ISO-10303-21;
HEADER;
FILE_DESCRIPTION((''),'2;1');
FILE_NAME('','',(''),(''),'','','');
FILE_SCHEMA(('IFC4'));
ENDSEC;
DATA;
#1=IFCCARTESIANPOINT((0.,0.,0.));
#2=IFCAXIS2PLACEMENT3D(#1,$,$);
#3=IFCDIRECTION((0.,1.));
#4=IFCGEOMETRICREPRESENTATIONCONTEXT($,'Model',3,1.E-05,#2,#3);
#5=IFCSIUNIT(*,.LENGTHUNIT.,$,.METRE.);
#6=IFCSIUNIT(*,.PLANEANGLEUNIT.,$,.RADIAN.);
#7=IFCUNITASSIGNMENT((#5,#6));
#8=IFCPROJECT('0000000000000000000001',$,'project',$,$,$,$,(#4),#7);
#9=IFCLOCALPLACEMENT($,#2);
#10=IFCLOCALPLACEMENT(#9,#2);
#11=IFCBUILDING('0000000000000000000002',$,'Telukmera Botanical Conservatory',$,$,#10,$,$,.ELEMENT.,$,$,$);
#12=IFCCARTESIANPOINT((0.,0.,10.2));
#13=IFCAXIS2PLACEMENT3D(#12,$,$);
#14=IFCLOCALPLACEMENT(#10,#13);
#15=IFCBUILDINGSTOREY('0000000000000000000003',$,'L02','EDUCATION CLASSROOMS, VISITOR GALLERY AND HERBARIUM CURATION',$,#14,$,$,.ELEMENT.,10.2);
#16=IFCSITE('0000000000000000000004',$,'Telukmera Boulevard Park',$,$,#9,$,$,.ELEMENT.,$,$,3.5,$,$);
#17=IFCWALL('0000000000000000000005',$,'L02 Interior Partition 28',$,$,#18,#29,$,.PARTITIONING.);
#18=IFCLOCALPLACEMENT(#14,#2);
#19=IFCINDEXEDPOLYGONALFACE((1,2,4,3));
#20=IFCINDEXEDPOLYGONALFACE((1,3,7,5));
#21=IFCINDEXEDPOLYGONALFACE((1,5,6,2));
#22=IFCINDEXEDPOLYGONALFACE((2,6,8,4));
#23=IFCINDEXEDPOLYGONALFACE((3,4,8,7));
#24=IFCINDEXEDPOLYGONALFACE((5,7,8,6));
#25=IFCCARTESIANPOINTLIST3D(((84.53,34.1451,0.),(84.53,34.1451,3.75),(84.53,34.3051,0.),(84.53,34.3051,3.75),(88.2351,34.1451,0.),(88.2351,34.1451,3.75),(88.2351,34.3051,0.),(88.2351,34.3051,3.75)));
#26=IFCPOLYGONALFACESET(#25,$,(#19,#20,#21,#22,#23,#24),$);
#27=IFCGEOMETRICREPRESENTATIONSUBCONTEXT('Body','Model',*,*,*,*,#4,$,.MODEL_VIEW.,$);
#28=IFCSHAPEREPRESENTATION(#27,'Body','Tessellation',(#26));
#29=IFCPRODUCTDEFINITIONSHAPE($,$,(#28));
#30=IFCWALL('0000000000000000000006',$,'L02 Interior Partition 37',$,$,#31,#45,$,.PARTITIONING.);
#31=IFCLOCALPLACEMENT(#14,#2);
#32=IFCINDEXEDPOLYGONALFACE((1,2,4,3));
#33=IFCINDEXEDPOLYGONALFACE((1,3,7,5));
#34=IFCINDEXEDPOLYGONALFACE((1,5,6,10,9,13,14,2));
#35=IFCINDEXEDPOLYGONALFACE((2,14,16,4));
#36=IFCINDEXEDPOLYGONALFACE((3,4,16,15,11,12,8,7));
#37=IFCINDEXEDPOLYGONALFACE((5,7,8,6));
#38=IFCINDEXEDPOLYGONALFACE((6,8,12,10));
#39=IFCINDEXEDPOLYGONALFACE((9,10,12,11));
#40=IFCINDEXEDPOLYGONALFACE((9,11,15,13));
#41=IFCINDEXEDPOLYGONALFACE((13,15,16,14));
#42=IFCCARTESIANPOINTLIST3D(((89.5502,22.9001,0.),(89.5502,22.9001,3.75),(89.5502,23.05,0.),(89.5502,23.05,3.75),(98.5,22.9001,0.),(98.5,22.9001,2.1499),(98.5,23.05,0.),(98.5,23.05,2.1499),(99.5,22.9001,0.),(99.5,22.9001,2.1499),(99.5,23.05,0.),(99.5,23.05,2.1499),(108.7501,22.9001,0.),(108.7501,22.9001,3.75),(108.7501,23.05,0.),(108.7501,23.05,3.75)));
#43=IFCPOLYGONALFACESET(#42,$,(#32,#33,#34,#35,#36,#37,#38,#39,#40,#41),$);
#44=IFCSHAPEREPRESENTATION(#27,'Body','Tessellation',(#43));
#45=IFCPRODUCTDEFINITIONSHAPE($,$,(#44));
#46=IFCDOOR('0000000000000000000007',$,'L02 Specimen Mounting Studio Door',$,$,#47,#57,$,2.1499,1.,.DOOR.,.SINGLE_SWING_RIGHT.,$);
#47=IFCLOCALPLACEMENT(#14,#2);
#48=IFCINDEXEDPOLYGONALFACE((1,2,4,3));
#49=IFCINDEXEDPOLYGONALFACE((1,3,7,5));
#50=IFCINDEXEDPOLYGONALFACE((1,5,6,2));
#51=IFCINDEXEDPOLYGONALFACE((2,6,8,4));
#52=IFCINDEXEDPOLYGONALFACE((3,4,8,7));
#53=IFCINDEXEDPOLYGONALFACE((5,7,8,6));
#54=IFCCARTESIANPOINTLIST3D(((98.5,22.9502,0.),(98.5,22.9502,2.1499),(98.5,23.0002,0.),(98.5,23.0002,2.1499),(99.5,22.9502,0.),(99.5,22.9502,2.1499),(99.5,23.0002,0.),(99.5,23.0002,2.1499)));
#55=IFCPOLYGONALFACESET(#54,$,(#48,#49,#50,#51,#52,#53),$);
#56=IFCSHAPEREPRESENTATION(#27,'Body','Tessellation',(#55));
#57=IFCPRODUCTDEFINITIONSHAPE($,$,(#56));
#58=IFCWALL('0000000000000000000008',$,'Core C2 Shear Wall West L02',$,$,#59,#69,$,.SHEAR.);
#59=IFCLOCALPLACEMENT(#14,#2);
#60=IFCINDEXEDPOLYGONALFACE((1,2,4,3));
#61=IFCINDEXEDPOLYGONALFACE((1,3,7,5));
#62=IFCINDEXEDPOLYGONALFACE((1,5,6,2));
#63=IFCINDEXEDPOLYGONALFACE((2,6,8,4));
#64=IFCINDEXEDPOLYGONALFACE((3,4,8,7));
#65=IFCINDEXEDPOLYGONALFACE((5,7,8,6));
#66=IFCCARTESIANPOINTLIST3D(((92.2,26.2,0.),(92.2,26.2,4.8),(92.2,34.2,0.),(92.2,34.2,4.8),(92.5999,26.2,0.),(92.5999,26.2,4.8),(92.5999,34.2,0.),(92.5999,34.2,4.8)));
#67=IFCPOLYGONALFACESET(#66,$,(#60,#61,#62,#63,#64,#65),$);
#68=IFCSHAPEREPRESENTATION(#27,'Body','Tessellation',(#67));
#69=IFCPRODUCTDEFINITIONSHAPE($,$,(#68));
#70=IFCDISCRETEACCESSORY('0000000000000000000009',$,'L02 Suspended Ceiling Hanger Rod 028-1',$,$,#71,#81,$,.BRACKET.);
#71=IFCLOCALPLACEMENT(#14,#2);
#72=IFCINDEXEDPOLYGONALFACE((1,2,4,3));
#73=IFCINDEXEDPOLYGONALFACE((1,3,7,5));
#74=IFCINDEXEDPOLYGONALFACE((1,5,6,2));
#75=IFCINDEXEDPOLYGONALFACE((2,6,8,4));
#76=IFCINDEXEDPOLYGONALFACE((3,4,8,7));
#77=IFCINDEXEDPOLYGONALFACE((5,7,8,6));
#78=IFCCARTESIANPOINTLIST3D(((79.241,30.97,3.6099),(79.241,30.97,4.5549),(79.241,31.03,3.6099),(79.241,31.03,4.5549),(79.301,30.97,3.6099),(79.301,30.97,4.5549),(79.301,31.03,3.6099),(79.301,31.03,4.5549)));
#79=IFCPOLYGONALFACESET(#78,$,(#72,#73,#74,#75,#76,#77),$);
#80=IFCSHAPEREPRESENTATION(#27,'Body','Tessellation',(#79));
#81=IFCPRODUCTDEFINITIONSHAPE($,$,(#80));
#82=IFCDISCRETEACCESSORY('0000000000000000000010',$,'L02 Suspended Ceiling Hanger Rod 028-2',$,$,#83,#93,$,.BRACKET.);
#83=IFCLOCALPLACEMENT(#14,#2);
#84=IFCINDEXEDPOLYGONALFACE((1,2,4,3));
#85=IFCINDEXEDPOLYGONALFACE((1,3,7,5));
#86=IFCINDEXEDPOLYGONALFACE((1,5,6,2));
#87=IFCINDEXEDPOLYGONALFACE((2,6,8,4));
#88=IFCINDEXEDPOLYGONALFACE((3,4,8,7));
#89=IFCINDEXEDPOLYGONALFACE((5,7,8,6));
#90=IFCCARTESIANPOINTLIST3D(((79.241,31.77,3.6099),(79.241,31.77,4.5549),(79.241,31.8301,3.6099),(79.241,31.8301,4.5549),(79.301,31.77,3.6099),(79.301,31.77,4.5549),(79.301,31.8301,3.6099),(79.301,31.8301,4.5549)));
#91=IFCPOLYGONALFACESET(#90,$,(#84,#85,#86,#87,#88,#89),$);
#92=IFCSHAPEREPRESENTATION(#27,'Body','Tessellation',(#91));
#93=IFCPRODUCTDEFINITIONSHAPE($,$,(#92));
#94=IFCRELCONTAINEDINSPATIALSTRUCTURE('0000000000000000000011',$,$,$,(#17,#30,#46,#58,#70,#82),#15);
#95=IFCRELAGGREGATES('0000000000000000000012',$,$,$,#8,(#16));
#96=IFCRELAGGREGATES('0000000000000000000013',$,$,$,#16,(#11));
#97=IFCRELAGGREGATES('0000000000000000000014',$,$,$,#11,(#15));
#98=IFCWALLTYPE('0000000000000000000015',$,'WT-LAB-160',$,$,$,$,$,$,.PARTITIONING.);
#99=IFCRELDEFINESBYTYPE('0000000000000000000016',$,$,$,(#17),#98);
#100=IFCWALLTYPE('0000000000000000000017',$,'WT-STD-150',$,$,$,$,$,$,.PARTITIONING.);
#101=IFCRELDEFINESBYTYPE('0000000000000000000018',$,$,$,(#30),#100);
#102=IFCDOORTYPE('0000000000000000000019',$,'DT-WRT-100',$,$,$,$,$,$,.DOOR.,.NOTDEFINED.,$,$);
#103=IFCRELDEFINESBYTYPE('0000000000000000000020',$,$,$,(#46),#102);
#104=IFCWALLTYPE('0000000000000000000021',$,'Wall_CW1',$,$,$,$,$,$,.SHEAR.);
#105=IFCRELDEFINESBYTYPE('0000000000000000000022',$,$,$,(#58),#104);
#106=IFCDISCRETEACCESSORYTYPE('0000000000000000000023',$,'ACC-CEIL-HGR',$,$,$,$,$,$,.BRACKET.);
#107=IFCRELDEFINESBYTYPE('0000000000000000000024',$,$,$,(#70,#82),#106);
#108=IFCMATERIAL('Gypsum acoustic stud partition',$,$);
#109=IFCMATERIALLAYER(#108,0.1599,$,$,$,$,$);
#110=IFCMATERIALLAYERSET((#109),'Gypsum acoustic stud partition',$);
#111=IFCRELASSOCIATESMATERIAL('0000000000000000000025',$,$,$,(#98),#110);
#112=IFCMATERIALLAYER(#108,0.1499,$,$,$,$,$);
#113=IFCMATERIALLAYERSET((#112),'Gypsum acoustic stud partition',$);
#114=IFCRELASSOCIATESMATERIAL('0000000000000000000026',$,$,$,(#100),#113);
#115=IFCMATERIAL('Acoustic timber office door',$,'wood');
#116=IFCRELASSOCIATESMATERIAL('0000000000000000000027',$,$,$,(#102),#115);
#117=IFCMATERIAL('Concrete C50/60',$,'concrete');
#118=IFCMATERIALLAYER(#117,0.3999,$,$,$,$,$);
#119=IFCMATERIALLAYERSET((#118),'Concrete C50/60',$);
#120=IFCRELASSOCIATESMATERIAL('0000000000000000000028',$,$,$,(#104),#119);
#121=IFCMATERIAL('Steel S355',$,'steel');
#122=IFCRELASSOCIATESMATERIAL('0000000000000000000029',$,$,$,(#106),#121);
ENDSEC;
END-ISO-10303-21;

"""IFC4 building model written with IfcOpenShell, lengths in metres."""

from ifc_helpers import new_model, si_unit, direction, frame, frame_2d, origin, origin_2d, place, context, subcontext, project, spatial, rectangle, extrude, material, layer, layer_set, type_object, element, fill, save


model = new_model("IFC4")

# Units and contexts
model_context = context("Model", 3, precision=1e-05, world=origin(), true_north=direction((0.0, 1.0)))
body_context = subcontext(model_context, "Body", "Model", "MODEL_VIEW")
ifc_project = project(units=[si_unit("LENGTHUNIT", "METRE"), si_unit("PLANEANGLEUNIT", "RADIAN")], contexts=[model_context])

# Site, building, storey
site_placement = place(None, origin())
site = spatial("IfcSite", under=ifc_project, at=site_placement, Name="Telukmera Boulevard Park", CompositionType="ELEMENT", RefElevation=3.5)
building_placement = place(site_placement, origin())
building = spatial("IfcBuilding", under=site, at=building_placement, Name="Telukmera Botanical Conservatory", CompositionType="ELEMENT")
storey_placement = place(building_placement, frame((0.0, 0.0, 10.2)))
storey = spatial("IfcBuildingStorey", under=building, at=storey_placement, Name="L02", Description="EDUCATION CLASSROOMS, VISITOR GALLERY AND HERBARIUM CURATION", CompositionType="ELEMENT", Elevation=10.2)

# Shared definitions
ifc_material_1 = material(Name="Concrete C50/60", Category="concrete")

# Wall
ifc_material_2 = material(Name="Gypsum acoustic stud partition")
ifc_layer_1 = layer(ifc_material_2, 0.1599)
ifc_layer_set_1 = layer_set([ifc_layer_1], Name="Gypsum acoustic stud partition")
wall_type_1 = type_object("IfcWallType", Name="WT-LAB-160", PredefinedType="PARTITIONING", material=ifc_layer_set_1)
wall_1_placement = place(storey_placement, frame((84.53, 34.2251, 0.0), z_axis=(0.0, 0.0, 1.0), x_axis=(1.0, 0.0, 0.0)))
element("IfcWall", 1, at=wall_1_placement, inside=storey, type_object=wall_type_1, Name="L02 Interior Partition 28", PredefinedType="PARTITIONING", context=body_context, shape_type="SweptSolid", body=[
    extrude(rectangle(XDim=3.7051, YDim=0.1599, at=frame_2d((1.8525, 0.0))), origin(), (0.0, 0.0, 1.0), 3.75),
])

# Wall, opening, door
ifc_layer_2 = layer(ifc_material_2, 0.1499)
ifc_layer_set_2 = layer_set([ifc_layer_2], Name="Gypsum acoustic stud partition")
wall_type_2 = type_object("IfcWallType", Name="WT-STD-150", PredefinedType="PARTITIONING", material=ifc_layer_set_2)
wall_2_placement = place(storey_placement, frame((89.55, 22.9751, 0.0), z_axis=(0.0, 0.0, 1.0), x_axis=(1.0, 0.0, 0.0)))
wall_2 = element("IfcWall", 2, at=wall_2_placement, inside=storey, type_object=wall_type_2, Name="L02 Interior Partition 37", PredefinedType="PARTITIONING", context=body_context, shape_type="SweptSolid", body=[
    extrude(rectangle(XDim=19.2, YDim=0.1499, at=frame_2d((9.6001, 0.0))), origin(), (0.0, 0.0, 1.0), 3.75),
])
opening_1_placement = place(wall_2_placement, frame((8.95, 0.0, 0.0)))
opening_1 = element("IfcOpeningElement", 3, at=opening_1_placement, cuts=wall_2, PredefinedType="OPENING", context=body_context, shape_type="SweptSolid", body=[
    extrude(rectangle(XDim=1.0, YDim=2.1499, at=frame_2d((0.5, 1.075))), frame((0.0, 0.085, 0.0), z_axis=(0.0, -1.0, 0.0), x_axis=(1.0, 0.0, 0.0)), (0.0, 0.0, 1.0), 0.1699),
])
ifc_material_3 = material(Name="Acoustic timber office door", Category="wood")
door_type_1 = type_object("IfcDoorType", Name="DT-WRT-100", OperationType="NOTDEFINED", PredefinedType="DOOR", material=ifc_material_3)
door_1_placement = place(opening_1_placement, frame((1.0, 0.0, 0.0), z_axis=(0.0, 0.0, 1.0), x_axis=(-1.0, 0.0, 0.0)))
door_1 = element("IfcDoor", 4, at=door_1_placement, inside=storey, type_object=door_type_1, Name="L02 Specimen Mounting Studio Door", OperationType="SINGLE_SWING_RIGHT", OverallHeight=2.1499, OverallWidth=1.0, PredefinedType="DOOR", context=body_context, shape_type="SweptSolid", body=[
    extrude(rectangle(XDim=1.0, YDim=2.1499, at=frame_2d((0.5, 1.075))), frame((0.0, 0.0249, 0.0), z_axis=(0.0, -1.0, 0.0), x_axis=(1.0, 0.0, 0.0)), (0.0, 0.0, 1.0), 0.05),
])
fill(opening_1, door_1)

# Wall
ifc_layer_3 = layer(ifc_material_1, 0.3999)
ifc_layer_set_3 = layer_set([ifc_layer_3], Name="Concrete C50/60")
wall_type_3 = type_object("IfcWallType", Name="Wall_CW1", PredefinedType="SHEAR", material=ifc_layer_set_3)
wall_3_placement = place(storey_placement, frame((92.3999, 26.2, 0.0), z_axis=(0.0, 0.0, 1.0), x_axis=(0.0, 1.0, 0.0)))
element("IfcWall", 5, at=wall_3_placement, inside=storey, type_object=wall_type_3, Name="Core C2 Shear Wall West L02", PredefinedType="SHEAR", context=body_context, shape_type="SweptSolid", body=[
    extrude(rectangle(XDim=8.0, YDim=0.3999, at=frame_2d((4.0, 0.0))), origin(), (0.0, 0.0, 1.0), 4.8),
])

# Discrete accessories
ifc_material_4 = material(Name="Steel S355", Category="steel")
discrete_accessory_type = type_object("IfcDiscreteAccessoryType", Name="ACC-CEIL-HGR", PredefinedType="BRACKET", material=ifc_material_4)
for number, where, z_axis, x_axis, name in (
    (6, (79.271, 31.0, 3.6099), (0.0, 0.0, 1.0), (1.0, 0.0, 0.0), "L02 Suspended Ceiling Hanger Rod 028-1"),
    (7, (79.271, 31.8, 3.6099), (0.0, 0.0, 1.0), (1.0, 0.0, 0.0), "L02 Suspended Ceiling Hanger Rod 028-2"),
):
    element("IfcDiscreteAccessory", number, at=place(storey_placement, frame(where, z_axis=z_axis, x_axis=x_axis)), inside=storey, type_object=discrete_accessory_type, Name=name, PredefinedType="BRACKET", context=body_context, shape_type="SweptSolid", body=[
        extrude(rectangle(XDim=0.0601, YDim=0.0601, at=origin_2d()), origin(), (0.0, 0.0, 1.0), 0.9451),
    ])

save(model, "model.ifc")
